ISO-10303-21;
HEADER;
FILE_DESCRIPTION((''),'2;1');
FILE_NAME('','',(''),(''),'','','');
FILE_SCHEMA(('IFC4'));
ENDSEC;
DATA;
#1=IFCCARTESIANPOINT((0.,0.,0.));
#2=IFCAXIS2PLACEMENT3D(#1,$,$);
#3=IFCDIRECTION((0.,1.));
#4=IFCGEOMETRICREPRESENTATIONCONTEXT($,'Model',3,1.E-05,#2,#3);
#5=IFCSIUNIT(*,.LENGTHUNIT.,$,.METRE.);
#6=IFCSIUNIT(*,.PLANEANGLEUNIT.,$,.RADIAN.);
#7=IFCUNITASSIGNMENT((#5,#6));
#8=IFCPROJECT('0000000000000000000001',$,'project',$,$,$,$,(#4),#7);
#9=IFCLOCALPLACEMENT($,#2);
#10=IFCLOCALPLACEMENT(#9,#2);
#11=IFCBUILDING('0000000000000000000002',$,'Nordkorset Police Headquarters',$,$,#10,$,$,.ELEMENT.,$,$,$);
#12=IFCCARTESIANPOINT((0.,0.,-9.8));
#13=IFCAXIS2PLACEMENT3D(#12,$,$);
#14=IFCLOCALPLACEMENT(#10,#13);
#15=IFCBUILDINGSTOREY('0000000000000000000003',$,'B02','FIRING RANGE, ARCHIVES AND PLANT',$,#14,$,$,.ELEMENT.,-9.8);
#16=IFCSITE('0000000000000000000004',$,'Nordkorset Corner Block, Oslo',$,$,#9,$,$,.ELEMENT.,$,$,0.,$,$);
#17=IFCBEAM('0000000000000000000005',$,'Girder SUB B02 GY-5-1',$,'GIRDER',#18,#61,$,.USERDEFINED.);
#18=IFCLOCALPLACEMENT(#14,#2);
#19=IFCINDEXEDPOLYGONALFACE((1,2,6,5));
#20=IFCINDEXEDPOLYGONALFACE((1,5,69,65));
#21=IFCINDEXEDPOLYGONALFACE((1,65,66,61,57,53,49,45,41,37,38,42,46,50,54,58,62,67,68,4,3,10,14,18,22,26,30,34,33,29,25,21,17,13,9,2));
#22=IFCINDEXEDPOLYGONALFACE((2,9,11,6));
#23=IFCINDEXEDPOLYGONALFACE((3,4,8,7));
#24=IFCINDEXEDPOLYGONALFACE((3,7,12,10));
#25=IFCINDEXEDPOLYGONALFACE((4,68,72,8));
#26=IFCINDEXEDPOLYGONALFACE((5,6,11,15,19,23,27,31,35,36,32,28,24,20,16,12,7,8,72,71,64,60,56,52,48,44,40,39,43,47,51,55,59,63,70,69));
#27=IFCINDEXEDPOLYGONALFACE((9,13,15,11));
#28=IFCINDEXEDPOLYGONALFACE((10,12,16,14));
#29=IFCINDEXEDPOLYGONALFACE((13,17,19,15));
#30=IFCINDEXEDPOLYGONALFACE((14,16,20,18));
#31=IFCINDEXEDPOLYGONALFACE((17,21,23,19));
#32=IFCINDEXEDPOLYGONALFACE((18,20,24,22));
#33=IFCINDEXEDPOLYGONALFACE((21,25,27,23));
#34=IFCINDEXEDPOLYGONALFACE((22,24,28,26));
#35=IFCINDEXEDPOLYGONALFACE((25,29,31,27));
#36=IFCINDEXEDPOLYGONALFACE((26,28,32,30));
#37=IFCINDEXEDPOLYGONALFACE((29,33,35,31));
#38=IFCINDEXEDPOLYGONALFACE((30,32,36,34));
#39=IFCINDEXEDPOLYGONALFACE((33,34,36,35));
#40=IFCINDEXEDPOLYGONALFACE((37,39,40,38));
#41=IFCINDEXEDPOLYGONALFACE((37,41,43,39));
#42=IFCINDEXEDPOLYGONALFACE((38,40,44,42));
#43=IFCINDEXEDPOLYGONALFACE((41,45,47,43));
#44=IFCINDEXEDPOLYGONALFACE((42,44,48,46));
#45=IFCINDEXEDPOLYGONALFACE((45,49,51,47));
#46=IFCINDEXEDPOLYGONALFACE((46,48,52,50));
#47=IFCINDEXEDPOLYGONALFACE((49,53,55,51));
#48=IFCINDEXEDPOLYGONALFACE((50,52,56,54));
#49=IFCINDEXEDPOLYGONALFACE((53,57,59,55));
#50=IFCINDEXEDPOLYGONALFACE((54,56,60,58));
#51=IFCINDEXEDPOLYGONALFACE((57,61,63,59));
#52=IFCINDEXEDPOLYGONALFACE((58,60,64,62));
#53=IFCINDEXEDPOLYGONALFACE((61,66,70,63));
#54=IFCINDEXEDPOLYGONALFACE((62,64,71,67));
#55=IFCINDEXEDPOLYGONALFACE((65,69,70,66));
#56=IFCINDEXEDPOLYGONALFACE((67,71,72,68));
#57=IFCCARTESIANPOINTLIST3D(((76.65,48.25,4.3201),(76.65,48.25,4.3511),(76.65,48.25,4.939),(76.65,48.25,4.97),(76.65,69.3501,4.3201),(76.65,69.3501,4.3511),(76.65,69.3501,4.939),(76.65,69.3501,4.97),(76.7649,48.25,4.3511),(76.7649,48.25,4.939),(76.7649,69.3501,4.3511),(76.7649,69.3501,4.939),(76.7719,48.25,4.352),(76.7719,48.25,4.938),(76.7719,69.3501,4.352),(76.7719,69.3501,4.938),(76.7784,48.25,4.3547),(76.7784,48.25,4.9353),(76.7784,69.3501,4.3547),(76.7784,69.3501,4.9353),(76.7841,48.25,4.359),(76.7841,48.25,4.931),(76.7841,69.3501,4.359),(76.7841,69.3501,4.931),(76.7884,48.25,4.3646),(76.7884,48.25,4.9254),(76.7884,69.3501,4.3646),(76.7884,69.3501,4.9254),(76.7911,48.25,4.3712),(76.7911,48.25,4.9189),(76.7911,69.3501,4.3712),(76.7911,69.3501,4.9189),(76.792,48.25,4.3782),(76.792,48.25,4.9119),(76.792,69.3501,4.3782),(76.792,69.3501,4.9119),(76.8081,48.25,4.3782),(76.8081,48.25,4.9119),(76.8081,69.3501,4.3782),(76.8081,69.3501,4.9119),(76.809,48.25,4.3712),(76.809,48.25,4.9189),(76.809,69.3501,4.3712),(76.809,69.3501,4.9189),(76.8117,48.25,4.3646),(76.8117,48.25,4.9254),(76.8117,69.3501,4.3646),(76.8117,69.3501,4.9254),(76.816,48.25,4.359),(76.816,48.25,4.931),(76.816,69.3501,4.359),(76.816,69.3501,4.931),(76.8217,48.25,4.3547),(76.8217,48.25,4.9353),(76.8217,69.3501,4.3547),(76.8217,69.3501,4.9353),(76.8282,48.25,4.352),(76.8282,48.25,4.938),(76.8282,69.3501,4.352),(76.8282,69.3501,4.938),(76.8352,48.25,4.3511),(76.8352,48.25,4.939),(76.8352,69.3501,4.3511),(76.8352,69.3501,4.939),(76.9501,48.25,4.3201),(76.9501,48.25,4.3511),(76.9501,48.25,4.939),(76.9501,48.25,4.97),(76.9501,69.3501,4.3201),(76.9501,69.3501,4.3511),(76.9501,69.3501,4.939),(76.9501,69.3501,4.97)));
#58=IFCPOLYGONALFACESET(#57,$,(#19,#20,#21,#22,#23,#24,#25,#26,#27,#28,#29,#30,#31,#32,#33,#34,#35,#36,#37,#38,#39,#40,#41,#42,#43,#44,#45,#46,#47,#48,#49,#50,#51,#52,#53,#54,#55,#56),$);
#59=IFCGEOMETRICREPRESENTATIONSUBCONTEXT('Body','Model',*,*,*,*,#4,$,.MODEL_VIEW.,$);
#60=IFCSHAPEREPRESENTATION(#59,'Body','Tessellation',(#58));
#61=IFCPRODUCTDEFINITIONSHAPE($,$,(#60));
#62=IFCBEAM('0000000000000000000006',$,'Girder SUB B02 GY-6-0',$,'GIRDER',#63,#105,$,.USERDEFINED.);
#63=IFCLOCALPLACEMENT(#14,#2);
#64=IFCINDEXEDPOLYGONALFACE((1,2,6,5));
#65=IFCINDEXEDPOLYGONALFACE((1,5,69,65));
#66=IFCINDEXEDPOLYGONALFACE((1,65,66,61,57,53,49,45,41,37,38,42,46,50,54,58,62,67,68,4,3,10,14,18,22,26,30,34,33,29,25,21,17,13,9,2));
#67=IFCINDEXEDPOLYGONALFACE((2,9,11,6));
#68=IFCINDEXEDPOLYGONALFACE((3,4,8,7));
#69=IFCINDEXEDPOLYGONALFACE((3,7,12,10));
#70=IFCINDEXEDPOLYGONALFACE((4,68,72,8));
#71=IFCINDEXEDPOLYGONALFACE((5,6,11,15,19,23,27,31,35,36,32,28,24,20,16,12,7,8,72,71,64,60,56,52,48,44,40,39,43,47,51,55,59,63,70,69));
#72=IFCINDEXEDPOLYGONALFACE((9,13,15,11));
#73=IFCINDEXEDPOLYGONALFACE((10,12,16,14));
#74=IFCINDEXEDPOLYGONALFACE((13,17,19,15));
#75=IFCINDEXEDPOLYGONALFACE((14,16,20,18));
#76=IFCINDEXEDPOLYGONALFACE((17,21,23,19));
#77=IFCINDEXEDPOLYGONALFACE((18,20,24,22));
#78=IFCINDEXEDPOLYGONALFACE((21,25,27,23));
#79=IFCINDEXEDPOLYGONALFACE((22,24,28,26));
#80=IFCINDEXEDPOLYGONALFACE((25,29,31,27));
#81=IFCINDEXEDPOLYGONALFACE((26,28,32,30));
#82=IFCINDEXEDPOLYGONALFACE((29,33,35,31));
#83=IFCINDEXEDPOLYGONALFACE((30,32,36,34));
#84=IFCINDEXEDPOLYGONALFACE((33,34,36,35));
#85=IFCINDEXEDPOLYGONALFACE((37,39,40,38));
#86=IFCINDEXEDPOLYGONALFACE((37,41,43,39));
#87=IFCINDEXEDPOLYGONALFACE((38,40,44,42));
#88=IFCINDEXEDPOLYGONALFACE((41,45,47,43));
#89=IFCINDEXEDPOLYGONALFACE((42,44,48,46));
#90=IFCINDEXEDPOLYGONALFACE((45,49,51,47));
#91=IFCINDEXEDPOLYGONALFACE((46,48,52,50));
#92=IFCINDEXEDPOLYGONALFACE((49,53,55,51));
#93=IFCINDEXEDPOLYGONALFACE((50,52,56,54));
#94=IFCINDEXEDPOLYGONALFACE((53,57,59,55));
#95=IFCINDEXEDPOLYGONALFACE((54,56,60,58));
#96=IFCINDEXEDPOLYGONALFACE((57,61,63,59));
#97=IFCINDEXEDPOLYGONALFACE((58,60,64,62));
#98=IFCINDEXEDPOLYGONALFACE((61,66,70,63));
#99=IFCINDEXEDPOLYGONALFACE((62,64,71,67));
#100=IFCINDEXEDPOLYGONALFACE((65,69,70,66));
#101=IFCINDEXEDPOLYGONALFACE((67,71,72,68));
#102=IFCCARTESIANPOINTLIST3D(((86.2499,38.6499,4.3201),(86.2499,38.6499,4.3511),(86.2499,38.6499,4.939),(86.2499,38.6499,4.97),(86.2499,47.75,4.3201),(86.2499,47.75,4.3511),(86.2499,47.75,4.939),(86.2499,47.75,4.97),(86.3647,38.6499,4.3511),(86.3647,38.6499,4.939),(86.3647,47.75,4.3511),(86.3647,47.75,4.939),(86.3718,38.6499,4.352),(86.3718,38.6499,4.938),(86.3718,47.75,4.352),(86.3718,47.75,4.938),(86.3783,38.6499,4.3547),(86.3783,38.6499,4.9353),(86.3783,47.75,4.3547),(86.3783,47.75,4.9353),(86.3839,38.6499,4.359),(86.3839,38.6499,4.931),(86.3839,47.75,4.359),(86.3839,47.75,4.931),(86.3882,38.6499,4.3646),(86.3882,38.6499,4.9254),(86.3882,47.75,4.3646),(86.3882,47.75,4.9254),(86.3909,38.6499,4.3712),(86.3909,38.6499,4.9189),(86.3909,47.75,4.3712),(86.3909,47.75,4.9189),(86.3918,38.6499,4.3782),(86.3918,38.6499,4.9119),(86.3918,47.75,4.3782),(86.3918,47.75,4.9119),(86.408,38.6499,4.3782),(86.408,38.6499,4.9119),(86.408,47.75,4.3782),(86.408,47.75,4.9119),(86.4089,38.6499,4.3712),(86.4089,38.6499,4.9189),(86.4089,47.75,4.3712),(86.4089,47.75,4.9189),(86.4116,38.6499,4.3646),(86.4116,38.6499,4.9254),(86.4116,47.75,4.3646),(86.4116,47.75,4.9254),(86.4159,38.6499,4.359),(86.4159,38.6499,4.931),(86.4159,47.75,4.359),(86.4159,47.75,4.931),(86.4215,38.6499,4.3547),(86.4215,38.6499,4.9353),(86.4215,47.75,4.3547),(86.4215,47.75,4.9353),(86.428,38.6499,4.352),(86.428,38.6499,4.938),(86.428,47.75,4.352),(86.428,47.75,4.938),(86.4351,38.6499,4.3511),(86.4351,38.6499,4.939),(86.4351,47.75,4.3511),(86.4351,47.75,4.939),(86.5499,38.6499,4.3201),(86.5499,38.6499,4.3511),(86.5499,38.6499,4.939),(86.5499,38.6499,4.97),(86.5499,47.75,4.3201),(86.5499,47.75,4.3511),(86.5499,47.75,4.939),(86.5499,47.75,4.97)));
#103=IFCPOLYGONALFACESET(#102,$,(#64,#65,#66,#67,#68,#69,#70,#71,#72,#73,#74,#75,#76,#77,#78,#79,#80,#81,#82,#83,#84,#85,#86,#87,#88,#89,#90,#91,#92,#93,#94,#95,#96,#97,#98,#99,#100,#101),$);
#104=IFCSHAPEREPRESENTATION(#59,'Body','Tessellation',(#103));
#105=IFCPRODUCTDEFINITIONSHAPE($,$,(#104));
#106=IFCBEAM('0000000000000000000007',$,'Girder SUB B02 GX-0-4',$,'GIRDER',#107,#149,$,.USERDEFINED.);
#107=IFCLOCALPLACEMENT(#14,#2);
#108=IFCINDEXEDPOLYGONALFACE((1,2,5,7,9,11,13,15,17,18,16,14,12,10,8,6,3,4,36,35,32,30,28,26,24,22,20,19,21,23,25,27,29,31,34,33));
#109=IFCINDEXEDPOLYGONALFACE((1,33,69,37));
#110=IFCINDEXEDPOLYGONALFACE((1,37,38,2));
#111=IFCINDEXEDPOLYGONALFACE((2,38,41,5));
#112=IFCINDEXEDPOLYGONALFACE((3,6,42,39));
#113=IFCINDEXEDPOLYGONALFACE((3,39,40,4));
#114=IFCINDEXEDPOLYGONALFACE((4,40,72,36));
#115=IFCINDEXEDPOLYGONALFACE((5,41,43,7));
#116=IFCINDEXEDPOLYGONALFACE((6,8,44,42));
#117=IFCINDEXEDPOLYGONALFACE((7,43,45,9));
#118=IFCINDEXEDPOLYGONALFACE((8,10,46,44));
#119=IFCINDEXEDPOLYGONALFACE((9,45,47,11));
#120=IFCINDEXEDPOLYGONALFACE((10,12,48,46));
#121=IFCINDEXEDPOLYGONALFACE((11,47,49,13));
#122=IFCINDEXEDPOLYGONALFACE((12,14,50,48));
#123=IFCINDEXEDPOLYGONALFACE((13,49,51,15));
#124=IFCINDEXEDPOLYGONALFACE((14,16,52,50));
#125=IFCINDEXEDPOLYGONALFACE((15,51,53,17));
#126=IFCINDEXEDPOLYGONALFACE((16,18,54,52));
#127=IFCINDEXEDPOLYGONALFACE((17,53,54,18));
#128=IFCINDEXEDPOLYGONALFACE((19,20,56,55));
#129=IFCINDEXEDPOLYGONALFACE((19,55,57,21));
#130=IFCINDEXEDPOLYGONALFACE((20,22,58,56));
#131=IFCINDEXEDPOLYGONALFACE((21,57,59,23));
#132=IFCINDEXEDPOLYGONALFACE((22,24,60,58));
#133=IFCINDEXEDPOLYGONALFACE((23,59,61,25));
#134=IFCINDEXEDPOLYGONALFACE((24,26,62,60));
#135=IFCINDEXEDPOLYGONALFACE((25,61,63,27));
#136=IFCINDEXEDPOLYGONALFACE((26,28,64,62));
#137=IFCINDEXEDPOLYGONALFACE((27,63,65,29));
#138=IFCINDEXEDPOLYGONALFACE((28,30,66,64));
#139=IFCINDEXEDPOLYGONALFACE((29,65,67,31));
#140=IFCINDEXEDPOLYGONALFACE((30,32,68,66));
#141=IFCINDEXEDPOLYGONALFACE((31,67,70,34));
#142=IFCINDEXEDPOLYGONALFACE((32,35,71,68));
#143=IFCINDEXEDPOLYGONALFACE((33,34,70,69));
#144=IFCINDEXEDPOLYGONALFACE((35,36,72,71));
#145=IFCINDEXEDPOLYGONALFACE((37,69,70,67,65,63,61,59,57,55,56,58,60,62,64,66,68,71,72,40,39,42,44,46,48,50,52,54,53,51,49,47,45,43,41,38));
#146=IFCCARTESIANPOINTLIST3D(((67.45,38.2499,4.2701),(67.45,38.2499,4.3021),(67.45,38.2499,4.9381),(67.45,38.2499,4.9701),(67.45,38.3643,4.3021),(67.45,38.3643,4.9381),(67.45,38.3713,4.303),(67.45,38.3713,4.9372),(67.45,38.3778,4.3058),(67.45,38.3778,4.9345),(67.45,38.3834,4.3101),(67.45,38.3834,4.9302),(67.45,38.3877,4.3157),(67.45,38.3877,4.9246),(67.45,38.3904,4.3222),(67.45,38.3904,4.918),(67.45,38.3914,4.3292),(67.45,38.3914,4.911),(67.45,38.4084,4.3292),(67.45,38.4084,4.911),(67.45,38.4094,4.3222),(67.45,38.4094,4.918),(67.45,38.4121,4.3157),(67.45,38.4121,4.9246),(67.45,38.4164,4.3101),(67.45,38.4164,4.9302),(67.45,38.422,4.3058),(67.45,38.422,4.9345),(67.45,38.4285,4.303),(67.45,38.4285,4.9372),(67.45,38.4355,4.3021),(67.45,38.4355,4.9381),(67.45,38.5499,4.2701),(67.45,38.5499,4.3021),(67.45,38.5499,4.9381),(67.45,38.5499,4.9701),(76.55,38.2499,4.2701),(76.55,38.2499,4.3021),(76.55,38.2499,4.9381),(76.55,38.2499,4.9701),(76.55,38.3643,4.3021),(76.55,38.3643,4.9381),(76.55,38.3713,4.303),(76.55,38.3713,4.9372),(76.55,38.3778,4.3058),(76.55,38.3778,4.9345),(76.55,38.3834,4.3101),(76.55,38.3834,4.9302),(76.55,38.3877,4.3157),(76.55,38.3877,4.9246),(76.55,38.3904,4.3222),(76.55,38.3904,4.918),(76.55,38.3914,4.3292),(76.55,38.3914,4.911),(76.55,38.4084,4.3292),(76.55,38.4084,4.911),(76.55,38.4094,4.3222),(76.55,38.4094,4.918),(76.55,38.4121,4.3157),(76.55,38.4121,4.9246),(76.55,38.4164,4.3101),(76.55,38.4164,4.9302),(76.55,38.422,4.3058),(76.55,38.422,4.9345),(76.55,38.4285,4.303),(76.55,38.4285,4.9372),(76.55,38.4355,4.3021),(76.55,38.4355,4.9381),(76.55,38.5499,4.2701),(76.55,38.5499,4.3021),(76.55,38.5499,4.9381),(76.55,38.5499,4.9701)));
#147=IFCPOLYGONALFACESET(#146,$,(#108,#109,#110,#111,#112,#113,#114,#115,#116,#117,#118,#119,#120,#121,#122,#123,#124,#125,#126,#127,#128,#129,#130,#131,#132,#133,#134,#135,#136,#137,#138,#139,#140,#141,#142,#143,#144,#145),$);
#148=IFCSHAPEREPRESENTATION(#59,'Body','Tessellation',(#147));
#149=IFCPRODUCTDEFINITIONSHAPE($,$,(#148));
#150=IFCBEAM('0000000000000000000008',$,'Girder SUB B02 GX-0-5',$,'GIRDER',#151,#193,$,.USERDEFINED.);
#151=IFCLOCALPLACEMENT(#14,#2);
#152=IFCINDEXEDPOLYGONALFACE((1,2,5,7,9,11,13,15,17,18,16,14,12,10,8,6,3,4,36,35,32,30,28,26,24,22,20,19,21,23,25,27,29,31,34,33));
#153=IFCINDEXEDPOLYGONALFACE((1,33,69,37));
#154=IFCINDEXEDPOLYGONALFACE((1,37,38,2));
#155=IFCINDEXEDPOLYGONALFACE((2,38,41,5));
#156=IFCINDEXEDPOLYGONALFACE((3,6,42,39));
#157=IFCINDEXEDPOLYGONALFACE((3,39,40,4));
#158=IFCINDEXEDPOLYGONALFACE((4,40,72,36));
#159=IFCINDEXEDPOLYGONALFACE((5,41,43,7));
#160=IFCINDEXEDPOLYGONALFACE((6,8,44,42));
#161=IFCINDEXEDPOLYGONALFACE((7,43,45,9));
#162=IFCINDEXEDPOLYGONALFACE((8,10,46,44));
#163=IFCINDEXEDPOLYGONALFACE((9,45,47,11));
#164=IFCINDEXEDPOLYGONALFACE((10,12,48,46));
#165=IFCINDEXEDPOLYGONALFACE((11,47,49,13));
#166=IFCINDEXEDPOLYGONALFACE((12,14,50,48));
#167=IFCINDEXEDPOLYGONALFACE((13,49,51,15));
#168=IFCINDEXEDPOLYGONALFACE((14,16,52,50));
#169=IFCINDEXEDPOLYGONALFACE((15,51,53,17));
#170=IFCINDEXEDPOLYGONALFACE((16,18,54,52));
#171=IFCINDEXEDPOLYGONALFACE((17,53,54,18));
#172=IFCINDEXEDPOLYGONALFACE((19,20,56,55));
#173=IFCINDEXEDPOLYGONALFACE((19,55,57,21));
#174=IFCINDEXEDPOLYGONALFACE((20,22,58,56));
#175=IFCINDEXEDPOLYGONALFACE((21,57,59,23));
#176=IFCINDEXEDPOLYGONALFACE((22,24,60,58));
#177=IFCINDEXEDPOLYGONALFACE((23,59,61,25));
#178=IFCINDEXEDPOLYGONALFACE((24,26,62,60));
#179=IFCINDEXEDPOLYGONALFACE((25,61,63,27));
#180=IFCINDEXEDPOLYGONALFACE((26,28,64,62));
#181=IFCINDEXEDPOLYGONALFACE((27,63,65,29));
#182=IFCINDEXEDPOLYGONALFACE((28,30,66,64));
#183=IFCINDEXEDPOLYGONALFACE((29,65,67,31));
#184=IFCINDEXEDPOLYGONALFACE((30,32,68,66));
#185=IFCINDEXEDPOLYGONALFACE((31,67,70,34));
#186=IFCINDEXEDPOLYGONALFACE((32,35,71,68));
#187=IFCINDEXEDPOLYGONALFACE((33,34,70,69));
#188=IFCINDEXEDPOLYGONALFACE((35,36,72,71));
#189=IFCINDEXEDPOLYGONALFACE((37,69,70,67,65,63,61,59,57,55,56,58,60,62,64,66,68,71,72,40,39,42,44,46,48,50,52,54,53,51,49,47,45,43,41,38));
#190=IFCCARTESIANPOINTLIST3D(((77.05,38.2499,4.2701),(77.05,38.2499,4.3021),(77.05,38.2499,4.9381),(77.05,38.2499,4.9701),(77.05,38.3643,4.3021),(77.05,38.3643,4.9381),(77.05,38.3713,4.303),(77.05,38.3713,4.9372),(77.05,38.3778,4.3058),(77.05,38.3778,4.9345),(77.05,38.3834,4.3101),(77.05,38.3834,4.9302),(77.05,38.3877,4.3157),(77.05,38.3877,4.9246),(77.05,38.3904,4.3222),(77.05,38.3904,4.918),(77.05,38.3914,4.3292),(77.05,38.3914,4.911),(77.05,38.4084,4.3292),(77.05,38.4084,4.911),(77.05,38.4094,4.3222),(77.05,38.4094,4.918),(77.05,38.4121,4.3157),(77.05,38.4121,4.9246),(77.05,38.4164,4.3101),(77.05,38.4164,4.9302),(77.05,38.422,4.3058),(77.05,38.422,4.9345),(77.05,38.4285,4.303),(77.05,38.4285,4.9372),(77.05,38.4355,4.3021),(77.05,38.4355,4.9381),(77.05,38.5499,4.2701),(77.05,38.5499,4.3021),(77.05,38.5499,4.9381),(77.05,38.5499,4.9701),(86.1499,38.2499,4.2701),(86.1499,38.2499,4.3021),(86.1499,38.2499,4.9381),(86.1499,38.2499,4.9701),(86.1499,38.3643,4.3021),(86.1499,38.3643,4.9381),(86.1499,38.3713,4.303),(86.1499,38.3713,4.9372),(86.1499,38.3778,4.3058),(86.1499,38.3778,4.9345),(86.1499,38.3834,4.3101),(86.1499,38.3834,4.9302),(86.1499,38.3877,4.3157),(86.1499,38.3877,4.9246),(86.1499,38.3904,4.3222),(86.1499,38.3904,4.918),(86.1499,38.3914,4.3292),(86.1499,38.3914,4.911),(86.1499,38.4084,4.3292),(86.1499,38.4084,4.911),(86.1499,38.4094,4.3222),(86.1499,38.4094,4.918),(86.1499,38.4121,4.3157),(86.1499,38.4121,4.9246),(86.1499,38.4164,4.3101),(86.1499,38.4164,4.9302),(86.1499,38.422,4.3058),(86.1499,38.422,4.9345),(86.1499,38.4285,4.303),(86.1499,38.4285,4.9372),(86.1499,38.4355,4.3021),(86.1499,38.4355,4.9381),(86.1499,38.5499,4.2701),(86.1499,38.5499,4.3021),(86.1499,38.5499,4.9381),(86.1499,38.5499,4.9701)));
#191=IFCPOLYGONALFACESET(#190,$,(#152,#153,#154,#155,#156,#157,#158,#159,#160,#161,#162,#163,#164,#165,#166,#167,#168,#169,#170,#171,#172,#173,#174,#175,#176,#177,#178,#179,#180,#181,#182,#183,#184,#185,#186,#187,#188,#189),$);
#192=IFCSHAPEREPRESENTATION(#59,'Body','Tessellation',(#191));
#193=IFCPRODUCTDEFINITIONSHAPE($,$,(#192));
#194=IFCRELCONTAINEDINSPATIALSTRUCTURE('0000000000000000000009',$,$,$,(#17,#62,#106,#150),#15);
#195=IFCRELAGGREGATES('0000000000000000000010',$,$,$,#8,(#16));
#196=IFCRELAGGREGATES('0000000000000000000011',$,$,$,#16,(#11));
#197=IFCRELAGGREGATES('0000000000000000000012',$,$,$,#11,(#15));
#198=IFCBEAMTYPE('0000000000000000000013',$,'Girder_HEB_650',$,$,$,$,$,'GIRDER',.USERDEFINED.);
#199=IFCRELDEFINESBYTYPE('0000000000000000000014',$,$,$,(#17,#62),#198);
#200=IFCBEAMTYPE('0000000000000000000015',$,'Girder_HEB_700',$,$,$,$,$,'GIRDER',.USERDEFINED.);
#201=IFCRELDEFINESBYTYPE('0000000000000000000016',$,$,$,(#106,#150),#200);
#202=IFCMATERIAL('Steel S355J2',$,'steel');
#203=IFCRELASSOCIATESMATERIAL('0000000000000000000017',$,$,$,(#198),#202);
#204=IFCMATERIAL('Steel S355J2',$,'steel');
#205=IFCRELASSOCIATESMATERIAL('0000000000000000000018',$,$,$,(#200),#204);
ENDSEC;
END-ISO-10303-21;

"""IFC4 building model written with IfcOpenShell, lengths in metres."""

from ifc_helpers import new_model, si_unit, direction, frame, origin, origin_2d, place, context, subcontext, project, spatial, i_section, extrude, material, material_profile, profile_set, type_object, element, save


model = new_model("IFC4")

# Units and contexts
model_context = context("Model", 3, precision=1e-05, world=origin(), true_north=direction((0.0, 1.0)))
body_context = subcontext(model_context, "Body", "Model", "MODEL_VIEW")
ifc_project = project(units=[si_unit("LENGTHUNIT", "METRE"), si_unit("PLANEANGLEUNIT", "RADIAN")], contexts=[model_context])

# Site, building, storey
site_placement = place(None, origin())
site = spatial("IfcSite", under=ifc_project, at=site_placement, Name="Nordkorset Corner Block, Oslo", CompositionType="ELEMENT", RefElevation=0.0)
building_placement = place(site_placement, origin())
building = spatial("IfcBuilding", under=site, at=building_placement, Name="Nordkorset Police Headquarters", CompositionType="ELEMENT")
storey_placement = place(building_placement, frame((0.0, 0.0, -9.8)))
storey = spatial("IfcBuildingStorey", under=building, at=storey_placement, Name="B02", Description="FIRING RANGE, ARCHIVES AND PLANT", CompositionType="ELEMENT", Elevation=-9.8)

# Beams
ifc_material_1 = material(Name="Steel S355J2", Category="steel")
ifc_material_profile_1 = material_profile(ifc_material_1, i_section(OverallWidth=0.3, OverallDepth=0.6499, WebThickness=0.0161, FlangeThickness=0.031, FilletRadius=0.0271, at=origin_2d()), Name="HEB 650")
ifc_profile_set_1 = profile_set([ifc_material_profile_1], Name="Steel S355J2")
beam_type_1 = type_object("IfcBeamType", Name="Girder_HEB_650", ElementType="GIRDER", PredefinedType="USERDEFINED", material=ifc_profile_set_1)
beam_1_placement = place(storey_placement, frame((76.8, 48.25, 4.645), z_axis=(0.0, 1.0, 0.0), x_axis=(-1.0, 0.0, 0.0)))
element("IfcBeam", 1, at=beam_1_placement, inside=storey, type_object=beam_type_1, Name="Girder SUB B02 GY-5-1", ObjectType="GIRDER", PredefinedType="USERDEFINED", context=body_context, shape_type="SweptSolid", body=[
    extrude(i_section(OverallWidth=0.3, OverallDepth=0.6499, WebThickness=0.0161, FlangeThickness=0.031, FilletRadius=0.0271, at=origin_2d()), origin(), (0.0, 0.0, 1.0), 21.1001),
])
beam_2_placement = place(storey_placement, frame((86.3999, 38.6499, 4.645), z_axis=(0.0, 1.0, 0.0), x_axis=(-1.0, 0.0, 0.0)))
element("IfcBeam", 2, at=beam_2_placement, inside=storey, type_object=beam_type_1, Name="Girder SUB B02 GY-6-0", ObjectType="GIRDER", PredefinedType="USERDEFINED", context=body_context, shape_type="SweptSolid", body=[
    extrude(i_section(OverallWidth=0.3, OverallDepth=0.6499, WebThickness=0.0161, FlangeThickness=0.031, FilletRadius=0.0271, at=origin_2d()), origin(), (0.0, 0.0, 1.0), 9.1001),
])
ifc_material_2 = material(Name="Steel S355J2", Category="steel")
ifc_material_profile_2 = material_profile(ifc_material_2, i_section(OverallWidth=0.3, OverallDepth=0.7, WebThickness=0.0171, FlangeThickness=0.032, FilletRadius=0.0271, at=origin_2d()), Name="HEB 700")
ifc_profile_set_2 = profile_set([ifc_material_profile_2], Name="Steel S355J2")
beam_type_2 = type_object("IfcBeamType", Name="Girder_HEB_700", ElementType="GIRDER", PredefinedType="USERDEFINED", material=ifc_profile_set_2)
beam_3_placement = place(storey_placement, frame((67.45, 38.3999, 4.6201), z_axis=(1.0, 0.0, 0.0), x_axis=(0.0, 1.0, 0.0)))
element("IfcBeam", 3, at=beam_3_placement, inside=storey, type_object=beam_type_2, Name="Girder SUB B02 GX-0-4", ObjectType="GIRDER", PredefinedType="USERDEFINED", context=body_context, shape_type="SweptSolid", body=[
    extrude(i_section(OverallWidth=0.3, OverallDepth=0.7, WebThickness=0.0171, FlangeThickness=0.032, FilletRadius=0.0271, at=origin_2d()), origin(), (0.0, 0.0, 1.0), 9.1001),
])
beam_4_placement = place(storey_placement, frame((77.05, 38.3999, 4.6201), z_axis=(1.0, 0.0, 0.0), x_axis=(0.0, 1.0, 0.0)))
element("IfcBeam", 4, at=beam_4_placement, inside=storey, type_object=beam_type_2, Name="Girder SUB B02 GX-0-5", ObjectType="GIRDER", PredefinedType="USERDEFINED", context=body_context, shape_type="SweptSolid", body=[
    extrude(i_section(OverallWidth=0.3, OverallDepth=0.7, WebThickness=0.0171, FlangeThickness=0.032, FilletRadius=0.0271, at=origin_2d()), origin(), (0.0, 0.0, 1.0), 9.0999),
])

save(model, "model.ifc")
